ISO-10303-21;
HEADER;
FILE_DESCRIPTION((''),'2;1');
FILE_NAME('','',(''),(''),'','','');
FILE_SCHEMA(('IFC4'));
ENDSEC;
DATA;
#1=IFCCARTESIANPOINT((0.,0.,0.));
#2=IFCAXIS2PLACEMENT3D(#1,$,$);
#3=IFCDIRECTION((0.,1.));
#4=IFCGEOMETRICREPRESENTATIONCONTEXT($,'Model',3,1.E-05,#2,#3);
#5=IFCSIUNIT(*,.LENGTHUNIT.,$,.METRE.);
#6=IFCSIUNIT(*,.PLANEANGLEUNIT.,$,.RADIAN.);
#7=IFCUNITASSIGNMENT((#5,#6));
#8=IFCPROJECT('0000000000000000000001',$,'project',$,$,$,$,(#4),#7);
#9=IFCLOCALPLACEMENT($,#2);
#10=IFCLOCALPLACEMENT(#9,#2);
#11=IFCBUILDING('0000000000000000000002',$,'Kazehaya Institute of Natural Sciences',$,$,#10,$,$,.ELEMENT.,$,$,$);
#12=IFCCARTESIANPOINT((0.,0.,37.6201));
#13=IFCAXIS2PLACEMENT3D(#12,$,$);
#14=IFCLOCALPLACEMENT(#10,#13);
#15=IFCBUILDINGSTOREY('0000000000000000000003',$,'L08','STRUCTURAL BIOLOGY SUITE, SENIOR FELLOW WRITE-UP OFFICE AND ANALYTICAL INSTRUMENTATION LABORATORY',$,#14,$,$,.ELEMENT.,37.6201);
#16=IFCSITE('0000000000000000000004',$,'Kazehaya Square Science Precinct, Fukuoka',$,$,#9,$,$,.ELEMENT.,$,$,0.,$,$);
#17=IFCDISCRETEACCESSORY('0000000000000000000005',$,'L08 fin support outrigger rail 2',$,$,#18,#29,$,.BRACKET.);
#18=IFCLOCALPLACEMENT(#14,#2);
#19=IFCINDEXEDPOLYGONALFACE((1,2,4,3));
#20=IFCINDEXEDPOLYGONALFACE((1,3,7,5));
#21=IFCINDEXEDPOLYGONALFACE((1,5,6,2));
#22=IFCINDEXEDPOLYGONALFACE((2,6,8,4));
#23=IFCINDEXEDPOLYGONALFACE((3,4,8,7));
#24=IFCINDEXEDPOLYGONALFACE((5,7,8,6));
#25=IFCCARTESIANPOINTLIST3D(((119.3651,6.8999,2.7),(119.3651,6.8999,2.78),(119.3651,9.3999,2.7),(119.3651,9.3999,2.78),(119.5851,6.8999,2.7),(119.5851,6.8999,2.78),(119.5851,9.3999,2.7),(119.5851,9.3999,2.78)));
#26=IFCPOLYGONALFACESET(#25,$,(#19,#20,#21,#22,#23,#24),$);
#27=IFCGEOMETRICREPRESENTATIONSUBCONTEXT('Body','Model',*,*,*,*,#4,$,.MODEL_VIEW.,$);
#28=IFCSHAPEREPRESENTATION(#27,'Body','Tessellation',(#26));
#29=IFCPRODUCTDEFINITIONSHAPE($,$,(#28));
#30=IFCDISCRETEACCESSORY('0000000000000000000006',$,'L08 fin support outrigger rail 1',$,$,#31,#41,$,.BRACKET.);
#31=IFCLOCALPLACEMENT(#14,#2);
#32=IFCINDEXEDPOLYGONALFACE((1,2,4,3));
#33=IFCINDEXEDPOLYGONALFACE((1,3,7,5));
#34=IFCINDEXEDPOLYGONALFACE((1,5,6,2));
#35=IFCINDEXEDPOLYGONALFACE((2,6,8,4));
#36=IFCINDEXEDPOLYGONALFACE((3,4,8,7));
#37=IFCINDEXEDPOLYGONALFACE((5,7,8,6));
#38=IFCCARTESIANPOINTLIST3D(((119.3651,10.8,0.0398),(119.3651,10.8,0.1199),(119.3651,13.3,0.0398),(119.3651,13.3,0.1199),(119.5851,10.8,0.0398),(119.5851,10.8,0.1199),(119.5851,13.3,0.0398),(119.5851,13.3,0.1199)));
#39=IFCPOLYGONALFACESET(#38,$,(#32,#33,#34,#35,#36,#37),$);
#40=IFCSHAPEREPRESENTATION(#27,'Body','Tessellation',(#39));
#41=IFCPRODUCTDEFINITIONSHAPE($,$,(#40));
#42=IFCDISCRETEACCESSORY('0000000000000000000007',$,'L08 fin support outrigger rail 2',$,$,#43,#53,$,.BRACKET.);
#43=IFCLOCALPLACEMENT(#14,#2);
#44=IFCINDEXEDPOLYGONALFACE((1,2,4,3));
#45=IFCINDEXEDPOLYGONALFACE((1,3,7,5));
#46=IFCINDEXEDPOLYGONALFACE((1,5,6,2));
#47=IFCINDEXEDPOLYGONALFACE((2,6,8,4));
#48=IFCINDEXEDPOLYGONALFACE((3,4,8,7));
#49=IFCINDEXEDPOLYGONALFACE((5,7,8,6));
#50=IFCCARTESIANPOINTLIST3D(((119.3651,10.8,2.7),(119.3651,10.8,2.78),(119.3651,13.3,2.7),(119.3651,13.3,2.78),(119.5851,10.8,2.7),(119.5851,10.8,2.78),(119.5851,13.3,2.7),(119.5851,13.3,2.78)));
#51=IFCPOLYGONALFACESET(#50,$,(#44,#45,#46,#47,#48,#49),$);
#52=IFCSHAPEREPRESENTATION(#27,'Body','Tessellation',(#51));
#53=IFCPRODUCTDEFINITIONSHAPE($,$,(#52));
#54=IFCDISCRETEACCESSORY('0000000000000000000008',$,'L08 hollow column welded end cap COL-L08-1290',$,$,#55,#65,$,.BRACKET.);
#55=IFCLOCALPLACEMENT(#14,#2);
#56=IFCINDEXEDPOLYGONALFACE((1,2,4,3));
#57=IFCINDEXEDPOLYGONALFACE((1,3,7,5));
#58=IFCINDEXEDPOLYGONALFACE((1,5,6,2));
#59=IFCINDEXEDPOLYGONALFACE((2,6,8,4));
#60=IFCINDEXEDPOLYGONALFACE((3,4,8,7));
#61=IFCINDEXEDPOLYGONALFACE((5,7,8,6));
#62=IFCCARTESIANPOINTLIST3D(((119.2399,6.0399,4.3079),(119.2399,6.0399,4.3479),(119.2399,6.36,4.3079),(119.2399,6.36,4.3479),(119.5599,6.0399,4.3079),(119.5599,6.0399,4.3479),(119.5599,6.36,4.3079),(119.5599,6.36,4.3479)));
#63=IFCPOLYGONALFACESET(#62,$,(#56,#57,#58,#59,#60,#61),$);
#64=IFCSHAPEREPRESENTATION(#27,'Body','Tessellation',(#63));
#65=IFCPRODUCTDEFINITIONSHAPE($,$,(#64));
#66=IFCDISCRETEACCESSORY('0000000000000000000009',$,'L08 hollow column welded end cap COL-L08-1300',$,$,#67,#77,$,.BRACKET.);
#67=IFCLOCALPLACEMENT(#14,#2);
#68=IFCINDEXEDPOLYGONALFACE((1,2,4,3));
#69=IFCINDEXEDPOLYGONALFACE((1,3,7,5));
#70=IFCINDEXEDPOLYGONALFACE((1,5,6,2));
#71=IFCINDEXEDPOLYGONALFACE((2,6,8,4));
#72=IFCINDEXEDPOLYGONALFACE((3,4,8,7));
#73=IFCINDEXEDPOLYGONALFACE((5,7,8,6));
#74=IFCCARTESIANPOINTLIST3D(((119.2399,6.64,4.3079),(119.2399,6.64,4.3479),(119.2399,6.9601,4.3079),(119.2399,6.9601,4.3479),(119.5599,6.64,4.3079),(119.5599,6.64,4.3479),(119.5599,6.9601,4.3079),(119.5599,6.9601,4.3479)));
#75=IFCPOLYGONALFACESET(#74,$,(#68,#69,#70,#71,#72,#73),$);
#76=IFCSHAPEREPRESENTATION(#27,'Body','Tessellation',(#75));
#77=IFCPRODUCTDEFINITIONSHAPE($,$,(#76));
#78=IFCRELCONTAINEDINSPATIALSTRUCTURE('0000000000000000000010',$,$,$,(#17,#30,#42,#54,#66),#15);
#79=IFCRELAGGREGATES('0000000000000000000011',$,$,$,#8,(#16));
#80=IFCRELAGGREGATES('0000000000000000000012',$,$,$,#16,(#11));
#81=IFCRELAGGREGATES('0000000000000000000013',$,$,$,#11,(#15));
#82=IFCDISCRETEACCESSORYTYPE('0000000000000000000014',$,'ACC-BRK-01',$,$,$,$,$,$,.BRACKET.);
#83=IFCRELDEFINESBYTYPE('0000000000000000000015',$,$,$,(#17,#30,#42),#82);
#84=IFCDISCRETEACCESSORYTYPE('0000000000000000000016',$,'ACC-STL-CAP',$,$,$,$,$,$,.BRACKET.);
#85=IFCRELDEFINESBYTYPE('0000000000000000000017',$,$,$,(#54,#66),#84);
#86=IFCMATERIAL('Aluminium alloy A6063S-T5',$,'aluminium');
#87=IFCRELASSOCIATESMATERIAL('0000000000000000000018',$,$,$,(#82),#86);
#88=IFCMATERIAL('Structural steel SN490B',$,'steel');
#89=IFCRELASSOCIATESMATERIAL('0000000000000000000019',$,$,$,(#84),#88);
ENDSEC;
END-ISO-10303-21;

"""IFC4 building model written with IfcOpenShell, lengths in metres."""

from ifc_helpers import new_model, si_unit, direction, frame, origin, origin_2d, place, context, subcontext, project, spatial, rectangle, extrude, material, type_object, element, save


model = new_model("IFC4")

# Units and contexts
model_context = context("Model", 3, precision=1e-05, world=origin(), true_north=direction((0.0, 1.0)))
body_context = subcontext(model_context, "Body", "Model", "MODEL_VIEW")
ifc_project = project(units=[si_unit("LENGTHUNIT", "METRE"), si_unit("PLANEANGLEUNIT", "RADIAN")], contexts=[model_context])

# Site, building, storey
site_placement = place(None, origin())
site = spatial("IfcSite", under=ifc_project, at=site_placement, Name="Kazehaya Square Science Precinct, Fukuoka", CompositionType="ELEMENT", RefElevation=0.0)
building_placement = place(site_placement, origin())
building = spatial("IfcBuilding", under=site, at=building_placement, Name="Kazehaya Institute of Natural Sciences", CompositionType="ELEMENT")
storey_placement = place(building_placement, frame((0.0, 0.0, 37.6201)))
storey = spatial("IfcBuildingStorey", under=building, at=storey_placement, Name="L08", Description="STRUCTURAL BIOLOGY SUITE, SENIOR FELLOW WRITE-UP OFFICE AND ANALYTICAL INSTRUMENTATION LABORATORY", CompositionType="ELEMENT", Elevation=37.6201)

# Shared definitions
ifc_material_1 = material(Name="Aluminium alloy A6063S-T5", Category="aluminium")

# Discrete accessories
discrete_accessory_type_1 = type_object("IfcDiscreteAccessoryType", Name="ACC-BRK-01", PredefinedType="BRACKET", material=ifc_material_1)
for number, where, z_axis, x_axis, name in (
    (1, (119.4751, 8.1499, 2.7), (0.0, 0.0, 1.0), (0.0, -1.0, 0.0), "L08 fin support outrigger rail 2"),
    (2, (119.4751, 12.05, 0.0398), (0.0, 0.0, 1.0), (0.0, -1.0, 0.0), "L08 fin support outrigger rail 1"),
    (3, (119.4751, 12.05, 2.7), (0.0, 0.0, 1.0), (0.0, -1.0, 0.0), "L08 fin support outrigger rail 2"),
):
    element("IfcDiscreteAccessory", number, at=place(storey_placement, frame(where, z_axis=z_axis, x_axis=x_axis)), inside=storey, type_object=discrete_accessory_type_1, Name=name, PredefinedType="BRACKET", context=body_context, shape_type="SweptSolid", body=[
        extrude(rectangle(XDim=2.5, YDim=0.22, at=origin_2d()), origin(), (0.0, 0.0, 1.0), 0.0801),
    ])
ifc_material_2 = material(Name="Structural steel SN490B", Category="steel")
discrete_accessory_type_2 = type_object("IfcDiscreteAccessoryType", Name="ACC-STL-CAP", PredefinedType="BRACKET", material=ifc_material_2)
for number, where, z_axis, x_axis, name in (
    (4, (119.3999, 6.2, 4.3079), (0.0, 0.0, 1.0), (1.0, 0.0, 0.0), "L08 hollow column welded end cap COL-L08-1290"),
    (5, (119.3999, 6.8, 4.3079), (0.0, 0.0, 1.0), (1.0, 0.0, 0.0), "L08 hollow column welded end cap COL-L08-1300"),
):
    element("IfcDiscreteAccessory", number, at=place(storey_placement, frame(where, z_axis=z_axis, x_axis=x_axis)), inside=storey, type_object=discrete_accessory_type_2, Name=name, PredefinedType="BRACKET", context=body_context, shape_type="SweptSolid", body=[
        extrude(rectangle(XDim=0.3201, YDim=0.3201, at=origin_2d()), origin(), (0.0, 0.0, 1.0), 0.04),
    ])

save(model, "model.ifc")
